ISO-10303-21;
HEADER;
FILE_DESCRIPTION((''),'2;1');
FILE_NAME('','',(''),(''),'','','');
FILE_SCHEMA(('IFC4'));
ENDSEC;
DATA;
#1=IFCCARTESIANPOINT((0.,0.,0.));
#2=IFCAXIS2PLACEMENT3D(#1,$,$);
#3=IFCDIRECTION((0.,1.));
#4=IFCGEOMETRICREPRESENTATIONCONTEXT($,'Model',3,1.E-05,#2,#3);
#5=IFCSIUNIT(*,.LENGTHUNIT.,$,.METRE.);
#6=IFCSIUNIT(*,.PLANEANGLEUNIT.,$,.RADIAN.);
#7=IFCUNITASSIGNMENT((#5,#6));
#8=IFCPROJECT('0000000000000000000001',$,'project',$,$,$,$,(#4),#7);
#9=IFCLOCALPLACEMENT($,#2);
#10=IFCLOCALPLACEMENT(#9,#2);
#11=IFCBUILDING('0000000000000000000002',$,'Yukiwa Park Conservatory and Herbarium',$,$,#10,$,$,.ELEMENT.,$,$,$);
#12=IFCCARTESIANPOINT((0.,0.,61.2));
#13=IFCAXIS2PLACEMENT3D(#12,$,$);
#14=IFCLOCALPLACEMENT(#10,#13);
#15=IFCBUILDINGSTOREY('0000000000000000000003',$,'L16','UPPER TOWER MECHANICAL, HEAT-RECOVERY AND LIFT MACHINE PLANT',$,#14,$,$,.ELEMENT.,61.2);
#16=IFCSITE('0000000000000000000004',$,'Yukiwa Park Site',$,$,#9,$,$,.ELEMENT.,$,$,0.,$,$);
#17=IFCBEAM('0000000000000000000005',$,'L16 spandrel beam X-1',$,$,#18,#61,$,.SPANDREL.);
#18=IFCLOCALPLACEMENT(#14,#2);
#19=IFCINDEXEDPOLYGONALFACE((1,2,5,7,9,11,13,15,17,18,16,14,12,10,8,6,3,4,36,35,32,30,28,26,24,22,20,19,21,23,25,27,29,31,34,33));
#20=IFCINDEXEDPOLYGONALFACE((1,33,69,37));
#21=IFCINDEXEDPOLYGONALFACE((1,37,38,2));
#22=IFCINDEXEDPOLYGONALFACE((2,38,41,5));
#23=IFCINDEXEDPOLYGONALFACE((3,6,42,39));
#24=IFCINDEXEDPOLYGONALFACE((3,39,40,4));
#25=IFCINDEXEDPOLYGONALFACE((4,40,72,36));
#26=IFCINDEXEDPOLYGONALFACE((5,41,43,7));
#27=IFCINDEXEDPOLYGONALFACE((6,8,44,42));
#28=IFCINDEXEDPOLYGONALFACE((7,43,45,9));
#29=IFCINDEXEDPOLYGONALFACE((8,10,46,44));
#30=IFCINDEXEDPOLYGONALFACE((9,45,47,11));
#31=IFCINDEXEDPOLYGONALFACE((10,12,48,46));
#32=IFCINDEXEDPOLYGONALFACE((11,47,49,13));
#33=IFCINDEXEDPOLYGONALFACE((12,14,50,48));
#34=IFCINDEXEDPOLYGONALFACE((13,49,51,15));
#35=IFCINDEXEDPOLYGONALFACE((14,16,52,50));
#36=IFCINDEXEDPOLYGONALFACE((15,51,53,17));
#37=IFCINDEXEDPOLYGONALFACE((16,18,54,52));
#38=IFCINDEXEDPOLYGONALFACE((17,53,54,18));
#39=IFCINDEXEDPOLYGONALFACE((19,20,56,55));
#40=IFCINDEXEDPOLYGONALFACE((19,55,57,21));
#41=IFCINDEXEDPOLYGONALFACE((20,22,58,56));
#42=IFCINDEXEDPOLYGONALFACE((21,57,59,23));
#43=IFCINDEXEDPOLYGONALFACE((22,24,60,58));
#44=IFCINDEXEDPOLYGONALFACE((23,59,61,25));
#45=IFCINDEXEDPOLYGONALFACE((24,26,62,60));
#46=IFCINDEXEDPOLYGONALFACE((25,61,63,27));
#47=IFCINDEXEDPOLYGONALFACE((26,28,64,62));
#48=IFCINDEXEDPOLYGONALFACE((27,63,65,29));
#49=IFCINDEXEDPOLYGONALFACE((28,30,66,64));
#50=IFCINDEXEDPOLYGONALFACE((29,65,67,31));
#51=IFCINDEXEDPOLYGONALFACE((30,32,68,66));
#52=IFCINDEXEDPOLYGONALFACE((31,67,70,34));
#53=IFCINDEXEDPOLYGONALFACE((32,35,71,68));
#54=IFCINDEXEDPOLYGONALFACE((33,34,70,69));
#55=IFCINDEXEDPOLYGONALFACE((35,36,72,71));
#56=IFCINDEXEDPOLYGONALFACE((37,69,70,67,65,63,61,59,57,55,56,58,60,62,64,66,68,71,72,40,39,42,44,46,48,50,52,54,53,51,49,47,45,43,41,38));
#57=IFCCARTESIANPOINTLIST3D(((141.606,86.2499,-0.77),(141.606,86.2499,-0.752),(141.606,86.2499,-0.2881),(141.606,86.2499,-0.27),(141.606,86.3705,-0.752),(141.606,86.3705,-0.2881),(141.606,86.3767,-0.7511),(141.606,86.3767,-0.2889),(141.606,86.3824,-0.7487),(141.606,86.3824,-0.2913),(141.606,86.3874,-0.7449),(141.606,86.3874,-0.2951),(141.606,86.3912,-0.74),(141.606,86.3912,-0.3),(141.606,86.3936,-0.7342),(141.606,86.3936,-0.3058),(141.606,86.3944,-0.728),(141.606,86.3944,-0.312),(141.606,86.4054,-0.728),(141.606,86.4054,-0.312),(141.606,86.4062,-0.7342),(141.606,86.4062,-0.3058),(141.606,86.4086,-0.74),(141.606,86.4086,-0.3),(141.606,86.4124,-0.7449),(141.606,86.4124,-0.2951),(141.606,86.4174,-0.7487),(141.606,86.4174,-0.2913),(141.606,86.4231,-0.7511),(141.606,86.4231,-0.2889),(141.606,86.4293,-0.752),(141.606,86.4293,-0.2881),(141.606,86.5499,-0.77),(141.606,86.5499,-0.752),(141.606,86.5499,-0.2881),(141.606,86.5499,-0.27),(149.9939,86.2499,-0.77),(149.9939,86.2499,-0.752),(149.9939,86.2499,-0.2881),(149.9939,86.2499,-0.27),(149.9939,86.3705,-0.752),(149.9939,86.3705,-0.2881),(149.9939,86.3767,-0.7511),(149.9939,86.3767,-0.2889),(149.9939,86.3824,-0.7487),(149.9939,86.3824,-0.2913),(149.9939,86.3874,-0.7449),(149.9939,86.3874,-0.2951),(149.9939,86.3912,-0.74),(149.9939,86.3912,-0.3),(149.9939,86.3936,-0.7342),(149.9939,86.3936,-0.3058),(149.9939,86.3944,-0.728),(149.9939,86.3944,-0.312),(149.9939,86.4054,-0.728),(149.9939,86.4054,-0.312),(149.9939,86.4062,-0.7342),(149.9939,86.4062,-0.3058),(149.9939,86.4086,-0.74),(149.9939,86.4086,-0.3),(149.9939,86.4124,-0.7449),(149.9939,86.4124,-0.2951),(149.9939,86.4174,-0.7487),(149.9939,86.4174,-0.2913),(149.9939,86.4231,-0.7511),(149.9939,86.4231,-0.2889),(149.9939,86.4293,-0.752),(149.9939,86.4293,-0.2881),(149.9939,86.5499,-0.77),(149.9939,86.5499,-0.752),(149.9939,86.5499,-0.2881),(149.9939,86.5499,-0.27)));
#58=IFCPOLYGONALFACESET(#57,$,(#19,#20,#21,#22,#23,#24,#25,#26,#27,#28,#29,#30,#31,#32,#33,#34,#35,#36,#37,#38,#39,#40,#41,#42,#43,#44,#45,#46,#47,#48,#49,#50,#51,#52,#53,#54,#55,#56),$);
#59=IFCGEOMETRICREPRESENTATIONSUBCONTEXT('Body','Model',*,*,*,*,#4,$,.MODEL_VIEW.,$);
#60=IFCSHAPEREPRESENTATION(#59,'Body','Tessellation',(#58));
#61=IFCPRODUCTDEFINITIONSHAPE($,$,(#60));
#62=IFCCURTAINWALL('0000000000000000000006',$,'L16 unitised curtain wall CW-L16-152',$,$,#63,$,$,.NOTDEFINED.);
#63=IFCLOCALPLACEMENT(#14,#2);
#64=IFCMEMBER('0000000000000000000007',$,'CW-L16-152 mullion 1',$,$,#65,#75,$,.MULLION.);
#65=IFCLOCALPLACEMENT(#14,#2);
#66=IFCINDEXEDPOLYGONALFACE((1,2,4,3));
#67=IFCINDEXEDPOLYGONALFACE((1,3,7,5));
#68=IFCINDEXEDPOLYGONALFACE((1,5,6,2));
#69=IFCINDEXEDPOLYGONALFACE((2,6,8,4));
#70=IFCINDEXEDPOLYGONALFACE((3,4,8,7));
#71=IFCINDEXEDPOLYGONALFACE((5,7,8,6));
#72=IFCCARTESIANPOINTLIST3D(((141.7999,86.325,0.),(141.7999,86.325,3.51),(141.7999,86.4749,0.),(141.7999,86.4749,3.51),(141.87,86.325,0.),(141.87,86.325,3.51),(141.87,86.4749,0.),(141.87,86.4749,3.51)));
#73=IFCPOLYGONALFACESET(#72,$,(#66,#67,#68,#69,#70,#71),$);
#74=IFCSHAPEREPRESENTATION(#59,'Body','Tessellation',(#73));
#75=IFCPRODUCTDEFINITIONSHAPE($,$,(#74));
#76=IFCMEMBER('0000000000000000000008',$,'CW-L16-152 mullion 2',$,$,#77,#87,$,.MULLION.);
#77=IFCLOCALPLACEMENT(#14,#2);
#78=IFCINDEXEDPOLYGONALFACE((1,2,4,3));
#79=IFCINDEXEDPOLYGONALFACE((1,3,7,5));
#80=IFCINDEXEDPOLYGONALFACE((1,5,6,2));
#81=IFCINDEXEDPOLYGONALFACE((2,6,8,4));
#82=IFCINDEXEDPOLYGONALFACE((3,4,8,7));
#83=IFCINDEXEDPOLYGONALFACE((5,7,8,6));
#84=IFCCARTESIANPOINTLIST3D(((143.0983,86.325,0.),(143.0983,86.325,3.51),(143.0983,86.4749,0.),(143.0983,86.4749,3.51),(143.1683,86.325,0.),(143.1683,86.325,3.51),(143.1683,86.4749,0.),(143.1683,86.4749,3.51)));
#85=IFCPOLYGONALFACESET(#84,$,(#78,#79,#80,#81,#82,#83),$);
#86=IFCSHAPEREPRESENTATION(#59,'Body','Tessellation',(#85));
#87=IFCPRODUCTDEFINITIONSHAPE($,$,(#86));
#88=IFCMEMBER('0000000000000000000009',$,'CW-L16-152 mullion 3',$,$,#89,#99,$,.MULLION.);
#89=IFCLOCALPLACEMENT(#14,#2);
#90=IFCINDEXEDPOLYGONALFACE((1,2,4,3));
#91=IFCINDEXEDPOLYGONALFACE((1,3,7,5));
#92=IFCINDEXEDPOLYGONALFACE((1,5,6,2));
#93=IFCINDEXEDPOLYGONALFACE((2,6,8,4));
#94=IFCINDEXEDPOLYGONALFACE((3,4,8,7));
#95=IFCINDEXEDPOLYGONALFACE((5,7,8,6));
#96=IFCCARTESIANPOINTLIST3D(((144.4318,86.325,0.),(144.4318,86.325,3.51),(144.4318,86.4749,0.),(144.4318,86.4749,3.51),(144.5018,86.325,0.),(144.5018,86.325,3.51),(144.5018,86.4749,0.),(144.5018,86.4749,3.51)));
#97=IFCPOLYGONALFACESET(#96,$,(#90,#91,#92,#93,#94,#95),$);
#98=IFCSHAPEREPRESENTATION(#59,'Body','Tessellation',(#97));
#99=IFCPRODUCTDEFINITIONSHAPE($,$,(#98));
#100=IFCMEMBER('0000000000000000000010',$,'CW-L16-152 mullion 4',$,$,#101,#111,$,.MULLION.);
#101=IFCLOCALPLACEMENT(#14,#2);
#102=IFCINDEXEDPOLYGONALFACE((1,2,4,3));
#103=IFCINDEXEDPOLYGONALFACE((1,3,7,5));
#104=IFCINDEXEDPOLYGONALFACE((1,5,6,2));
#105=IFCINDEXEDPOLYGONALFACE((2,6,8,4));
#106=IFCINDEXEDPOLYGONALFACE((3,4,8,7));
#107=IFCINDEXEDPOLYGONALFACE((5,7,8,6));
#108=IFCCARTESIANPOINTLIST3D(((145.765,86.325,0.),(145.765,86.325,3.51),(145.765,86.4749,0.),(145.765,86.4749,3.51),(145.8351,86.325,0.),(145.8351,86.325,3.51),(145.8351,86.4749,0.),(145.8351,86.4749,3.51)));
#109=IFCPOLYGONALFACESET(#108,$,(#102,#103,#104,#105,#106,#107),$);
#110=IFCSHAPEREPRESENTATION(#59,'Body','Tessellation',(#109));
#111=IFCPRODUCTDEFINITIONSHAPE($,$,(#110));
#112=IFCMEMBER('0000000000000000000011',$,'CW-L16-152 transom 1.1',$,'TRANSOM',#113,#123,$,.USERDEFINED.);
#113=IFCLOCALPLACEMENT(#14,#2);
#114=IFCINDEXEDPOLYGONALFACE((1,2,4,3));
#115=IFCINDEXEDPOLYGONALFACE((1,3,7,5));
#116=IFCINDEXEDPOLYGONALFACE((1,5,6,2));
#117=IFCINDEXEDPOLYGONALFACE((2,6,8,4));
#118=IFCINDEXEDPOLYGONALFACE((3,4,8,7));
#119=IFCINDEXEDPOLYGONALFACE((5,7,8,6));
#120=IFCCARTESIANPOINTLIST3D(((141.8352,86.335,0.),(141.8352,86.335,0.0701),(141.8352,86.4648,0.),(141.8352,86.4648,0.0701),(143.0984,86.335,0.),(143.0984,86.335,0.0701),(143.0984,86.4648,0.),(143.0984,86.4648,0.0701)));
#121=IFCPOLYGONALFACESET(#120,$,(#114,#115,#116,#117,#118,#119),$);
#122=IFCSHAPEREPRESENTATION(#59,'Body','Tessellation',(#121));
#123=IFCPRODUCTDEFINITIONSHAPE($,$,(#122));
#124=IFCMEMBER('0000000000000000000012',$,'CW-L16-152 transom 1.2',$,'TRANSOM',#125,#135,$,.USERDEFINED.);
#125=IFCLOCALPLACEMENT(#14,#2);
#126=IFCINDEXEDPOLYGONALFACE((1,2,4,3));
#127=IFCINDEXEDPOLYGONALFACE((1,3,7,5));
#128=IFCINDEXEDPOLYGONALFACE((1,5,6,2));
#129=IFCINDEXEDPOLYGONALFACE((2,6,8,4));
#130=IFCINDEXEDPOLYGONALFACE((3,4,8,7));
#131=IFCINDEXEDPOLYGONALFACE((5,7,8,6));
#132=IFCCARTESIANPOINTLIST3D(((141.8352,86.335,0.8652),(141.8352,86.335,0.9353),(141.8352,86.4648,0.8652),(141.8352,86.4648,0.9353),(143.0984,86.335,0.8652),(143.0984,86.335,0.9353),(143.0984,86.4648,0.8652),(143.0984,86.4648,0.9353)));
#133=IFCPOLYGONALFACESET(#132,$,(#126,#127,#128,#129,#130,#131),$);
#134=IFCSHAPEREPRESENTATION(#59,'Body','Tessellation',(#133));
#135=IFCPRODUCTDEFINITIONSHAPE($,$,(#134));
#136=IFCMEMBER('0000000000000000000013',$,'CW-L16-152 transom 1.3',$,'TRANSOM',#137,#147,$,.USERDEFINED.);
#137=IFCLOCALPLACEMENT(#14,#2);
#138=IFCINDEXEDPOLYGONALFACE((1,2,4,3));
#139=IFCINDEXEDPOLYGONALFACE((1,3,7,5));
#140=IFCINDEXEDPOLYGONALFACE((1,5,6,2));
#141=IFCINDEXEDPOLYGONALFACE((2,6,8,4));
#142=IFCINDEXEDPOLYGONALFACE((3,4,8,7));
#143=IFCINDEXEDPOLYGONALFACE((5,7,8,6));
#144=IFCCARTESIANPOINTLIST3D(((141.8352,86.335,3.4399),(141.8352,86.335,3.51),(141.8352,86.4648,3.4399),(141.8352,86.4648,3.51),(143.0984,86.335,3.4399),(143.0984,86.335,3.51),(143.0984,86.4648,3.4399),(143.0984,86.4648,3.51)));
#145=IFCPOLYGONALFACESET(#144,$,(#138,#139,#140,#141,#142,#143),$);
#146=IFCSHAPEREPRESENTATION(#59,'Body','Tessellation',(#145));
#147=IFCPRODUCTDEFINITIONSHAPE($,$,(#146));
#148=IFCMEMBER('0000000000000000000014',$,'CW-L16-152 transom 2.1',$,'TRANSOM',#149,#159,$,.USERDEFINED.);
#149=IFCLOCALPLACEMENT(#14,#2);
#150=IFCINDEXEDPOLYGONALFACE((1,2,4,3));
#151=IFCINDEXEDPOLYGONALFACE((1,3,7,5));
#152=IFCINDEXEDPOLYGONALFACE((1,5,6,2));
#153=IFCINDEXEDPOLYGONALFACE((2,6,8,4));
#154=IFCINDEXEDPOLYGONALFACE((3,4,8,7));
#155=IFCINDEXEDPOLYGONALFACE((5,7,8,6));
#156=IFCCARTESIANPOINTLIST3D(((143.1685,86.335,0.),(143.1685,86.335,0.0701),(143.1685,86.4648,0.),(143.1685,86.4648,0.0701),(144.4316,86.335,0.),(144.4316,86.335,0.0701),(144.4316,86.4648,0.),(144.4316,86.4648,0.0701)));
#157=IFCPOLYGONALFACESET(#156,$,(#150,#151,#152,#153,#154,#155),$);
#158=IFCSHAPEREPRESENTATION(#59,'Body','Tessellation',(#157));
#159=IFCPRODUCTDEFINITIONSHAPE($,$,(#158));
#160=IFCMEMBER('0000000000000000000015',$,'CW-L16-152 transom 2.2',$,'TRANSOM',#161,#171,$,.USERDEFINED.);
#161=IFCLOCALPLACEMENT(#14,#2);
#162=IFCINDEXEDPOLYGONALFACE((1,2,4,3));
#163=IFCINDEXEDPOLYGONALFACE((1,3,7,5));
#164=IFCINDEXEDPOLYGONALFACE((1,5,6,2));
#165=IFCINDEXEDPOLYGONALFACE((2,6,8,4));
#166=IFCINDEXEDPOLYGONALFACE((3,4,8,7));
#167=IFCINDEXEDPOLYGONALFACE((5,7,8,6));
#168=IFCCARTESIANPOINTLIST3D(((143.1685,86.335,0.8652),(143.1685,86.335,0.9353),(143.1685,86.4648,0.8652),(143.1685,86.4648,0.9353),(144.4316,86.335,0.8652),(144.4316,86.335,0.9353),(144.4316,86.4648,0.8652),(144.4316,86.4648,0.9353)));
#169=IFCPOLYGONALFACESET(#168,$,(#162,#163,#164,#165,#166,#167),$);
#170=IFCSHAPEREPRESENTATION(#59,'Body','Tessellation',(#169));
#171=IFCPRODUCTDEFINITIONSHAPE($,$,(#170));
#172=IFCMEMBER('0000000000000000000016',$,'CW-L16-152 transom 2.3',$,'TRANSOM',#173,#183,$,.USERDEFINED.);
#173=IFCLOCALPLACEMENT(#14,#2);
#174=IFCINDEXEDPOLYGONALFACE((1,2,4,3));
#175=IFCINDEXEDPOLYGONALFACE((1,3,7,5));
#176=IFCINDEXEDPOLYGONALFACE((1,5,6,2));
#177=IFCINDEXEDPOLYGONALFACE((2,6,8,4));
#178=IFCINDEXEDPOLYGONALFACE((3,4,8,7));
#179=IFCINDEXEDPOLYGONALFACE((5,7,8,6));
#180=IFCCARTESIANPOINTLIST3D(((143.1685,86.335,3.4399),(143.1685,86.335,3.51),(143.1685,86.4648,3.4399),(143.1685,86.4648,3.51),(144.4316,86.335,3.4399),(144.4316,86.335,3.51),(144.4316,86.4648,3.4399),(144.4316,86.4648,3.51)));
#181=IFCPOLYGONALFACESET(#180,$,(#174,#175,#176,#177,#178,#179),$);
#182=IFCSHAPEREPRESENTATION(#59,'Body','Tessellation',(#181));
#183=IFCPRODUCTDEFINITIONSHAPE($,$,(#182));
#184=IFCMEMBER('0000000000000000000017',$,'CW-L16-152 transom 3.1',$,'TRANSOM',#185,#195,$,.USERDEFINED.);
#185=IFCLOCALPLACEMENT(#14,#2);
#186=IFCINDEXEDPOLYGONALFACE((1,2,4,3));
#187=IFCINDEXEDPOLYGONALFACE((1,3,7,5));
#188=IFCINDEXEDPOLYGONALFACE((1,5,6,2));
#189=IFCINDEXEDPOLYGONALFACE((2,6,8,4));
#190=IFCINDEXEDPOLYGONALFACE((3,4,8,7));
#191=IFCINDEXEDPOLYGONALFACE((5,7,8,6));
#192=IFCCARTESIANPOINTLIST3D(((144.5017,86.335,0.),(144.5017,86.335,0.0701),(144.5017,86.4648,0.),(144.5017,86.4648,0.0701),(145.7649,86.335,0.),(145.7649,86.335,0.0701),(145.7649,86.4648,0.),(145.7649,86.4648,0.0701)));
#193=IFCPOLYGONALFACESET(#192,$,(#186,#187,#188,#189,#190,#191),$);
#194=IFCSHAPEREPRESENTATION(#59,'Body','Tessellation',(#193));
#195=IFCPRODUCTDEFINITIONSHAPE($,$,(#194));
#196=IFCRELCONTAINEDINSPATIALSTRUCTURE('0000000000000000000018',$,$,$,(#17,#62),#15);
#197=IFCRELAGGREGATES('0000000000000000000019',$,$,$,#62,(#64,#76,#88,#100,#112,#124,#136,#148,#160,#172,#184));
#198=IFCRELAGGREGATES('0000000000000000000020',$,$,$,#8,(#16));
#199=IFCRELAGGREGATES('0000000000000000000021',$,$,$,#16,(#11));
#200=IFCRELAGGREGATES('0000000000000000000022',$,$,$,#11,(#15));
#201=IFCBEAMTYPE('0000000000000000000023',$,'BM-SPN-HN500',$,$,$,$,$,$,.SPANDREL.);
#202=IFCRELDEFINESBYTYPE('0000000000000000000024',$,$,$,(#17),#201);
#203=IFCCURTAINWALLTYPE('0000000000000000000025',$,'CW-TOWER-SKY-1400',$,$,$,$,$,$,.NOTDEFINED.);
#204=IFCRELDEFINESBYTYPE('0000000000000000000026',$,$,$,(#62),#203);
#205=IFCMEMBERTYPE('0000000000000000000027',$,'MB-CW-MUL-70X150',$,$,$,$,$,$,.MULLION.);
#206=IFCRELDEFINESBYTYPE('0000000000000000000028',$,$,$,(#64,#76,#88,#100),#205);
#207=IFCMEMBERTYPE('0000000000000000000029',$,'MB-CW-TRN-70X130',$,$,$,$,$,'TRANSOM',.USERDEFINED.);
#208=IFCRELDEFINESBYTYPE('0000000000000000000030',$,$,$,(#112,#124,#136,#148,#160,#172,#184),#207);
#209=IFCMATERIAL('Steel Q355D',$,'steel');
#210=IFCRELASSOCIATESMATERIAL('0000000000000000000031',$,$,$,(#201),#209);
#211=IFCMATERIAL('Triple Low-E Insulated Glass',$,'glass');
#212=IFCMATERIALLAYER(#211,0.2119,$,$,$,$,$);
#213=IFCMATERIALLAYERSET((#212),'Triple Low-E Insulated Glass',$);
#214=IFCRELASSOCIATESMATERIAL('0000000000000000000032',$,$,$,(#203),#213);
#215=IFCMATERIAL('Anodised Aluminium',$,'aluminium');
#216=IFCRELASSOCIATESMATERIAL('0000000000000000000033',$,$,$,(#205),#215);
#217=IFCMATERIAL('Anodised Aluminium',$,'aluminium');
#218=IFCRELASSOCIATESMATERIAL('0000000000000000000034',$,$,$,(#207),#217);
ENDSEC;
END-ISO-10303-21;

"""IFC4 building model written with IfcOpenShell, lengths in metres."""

from ifc_helpers import new_model, si_unit, direction, frame, origin, origin_2d, place, context, subcontext, project, spatial, rectangle, i_section, extrude, material, layer, layer_set, material_profile, profile_set, type_object, element, aggregate, save


model = new_model("IFC4")

# Units and contexts
model_context = context("Model", 3, precision=1e-05, world=origin(), true_north=direction((0.0, 1.0)))
body_context = subcontext(model_context, "Body", "Model", "MODEL_VIEW")
ifc_project = project(units=[si_unit("LENGTHUNIT", "METRE"), si_unit("PLANEANGLEUNIT", "RADIAN")], contexts=[model_context])

# Site, building, storey
site_placement = place(None, origin())
site = spatial("IfcSite", under=ifc_project, at=site_placement, Name="Yukiwa Park Site", CompositionType="ELEMENT", RefElevation=0.0)
building_placement = place(site_placement, origin())
building = spatial("IfcBuilding", under=site, at=building_placement, Name="Yukiwa Park Conservatory and Herbarium", CompositionType="ELEMENT")
storey_placement = place(building_placement, frame((0.0, 0.0, 61.2)))
storey = spatial("IfcBuildingStorey", under=building, at=storey_placement, Name="L16", Description="UPPER TOWER MECHANICAL, HEAT-RECOVERY AND LIFT MACHINE PLANT", CompositionType="ELEMENT", Elevation=61.2)

# Beam
ifc_material_1 = material(Name="Steel Q355D", Category="steel")
ifc_material_profile = material_profile(ifc_material_1, i_section(OverallWidth=0.3, OverallDepth=0.5, WebThickness=0.011, FlangeThickness=0.0181, FilletRadius=0.0239, at=origin_2d()), Name="HM 500x300x11x18")
ifc_profile_set = profile_set([ifc_material_profile], Name="Steel Q355D")
beam_type = type_object("IfcBeamType", Name="BM-SPN-HN500", PredefinedType="SPANDREL", material=ifc_profile_set)
beam_placement = place(storey_placement, frame((141.606, 86.3999, -0.52), z_axis=(1.0, 0.0, 0.0), x_axis=(0.0, 1.0, 0.0)))
element("IfcBeam", 1, at=beam_placement, inside=storey, type_object=beam_type, Name="L16 spandrel beam X-1", PredefinedType="SPANDREL", context=body_context, shape_type="SweptSolid", body=[
    extrude(i_section(OverallWidth=0.3, OverallDepth=0.5, WebThickness=0.011, FlangeThickness=0.0181, FilletRadius=0.0239, at=origin_2d()), origin(), (0.0, 0.0, 1.0), 8.3879),
])

# Curtain wall, members
ifc_material_2 = material(Name="Triple Low-E Insulated Glass", Category="glass")
ifc_layer_1 = layer(ifc_material_2, 0.2119)
ifc_layer_set_1 = layer_set([ifc_layer_1], Name="Triple Low-E Insulated Glass")
curtain_wall_type = type_object("IfcCurtainWallType", Name="CW-TOWER-SKY-1400", PredefinedType="NOTDEFINED", material=ifc_layer_set_1)
curtain_wall_placement = place(storey_placement, origin())
curtain_wall = element("IfcCurtainWall", 2, at=curtain_wall_placement, inside=storey, type_object=curtain_wall_type, Name="L16 unitised curtain wall CW-L16-152", PredefinedType="NOTDEFINED")
ifc_material_3 = material(Name="Anodised Aluminium", Category="aluminium")
member_type_1 = type_object("IfcMemberType", Name="MB-CW-MUL-70X150", PredefinedType="MULLION", material=ifc_material_3)
member_1_placement = place(storey_placement, frame((141.835, 86.3999, 0.0), z_axis=(0.0, 0.0, 1.0), x_axis=(1.0, 0.0, 0.0)))
member_1 = element("IfcMember", 3, at=member_1_placement, type_object=member_type_1, Name="CW-L16-152 mullion 1", PredefinedType="MULLION", context=body_context, shape_type="SweptSolid", body=[
    extrude(rectangle(XDim=0.0701, YDim=0.1499, at=origin_2d()), origin(), (0.0, 0.0, 1.0), 3.51),
])
member_2_placement = place(storey_placement, frame((143.1333, 86.3999, 0.0), z_axis=(0.0, 0.0, 1.0), x_axis=(1.0, 0.0, 0.0)))
member_2 = element("IfcMember", 4, at=member_2_placement, type_object=member_type_1, Name="CW-L16-152 mullion 2", PredefinedType="MULLION", context=body_context, shape_type="SweptSolid", body=[
    extrude(rectangle(XDim=0.0701, YDim=0.1499, at=origin_2d()), origin(), (0.0, 0.0, 1.0), 3.51),
])
member_3_placement = place(storey_placement, frame((144.4668, 86.3999, 0.0), z_axis=(0.0, 0.0, 1.0), x_axis=(1.0, 0.0, 0.0)))
member_3 = element("IfcMember", 5, at=member_3_placement, type_object=member_type_1, Name="CW-L16-152 mullion 3", PredefinedType="MULLION", context=body_context, shape_type="SweptSolid", body=[
    extrude(rectangle(XDim=0.0701, YDim=0.1499, at=origin_2d()), origin(), (0.0, 0.0, 1.0), 3.51),
])
member_4_placement = place(storey_placement, frame((145.8, 86.3999, 0.0), z_axis=(0.0, 0.0, 1.0), x_axis=(1.0, 0.0, 0.0)))
member_4 = element("IfcMember", 6, at=member_4_placement, type_object=member_type_1, Name="CW-L16-152 mullion 4", PredefinedType="MULLION", context=body_context, shape_type="SweptSolid", body=[
    extrude(rectangle(XDim=0.0701, YDim=0.1499, at=origin_2d()), origin(), (0.0, 0.0, 1.0), 3.51),
])
ifc_material_4 = material(Name="Anodised Aluminium", Category="aluminium")
member_type_2 = type_object("IfcMemberType", Name="MB-CW-TRN-70X130", ElementType="TRANSOM", PredefinedType="USERDEFINED", material=ifc_material_4)
member_5_placement = place(storey_placement, frame((142.4668, 86.3999, 0.0), z_axis=(0.0, 0.0, 1.0), x_axis=(1.0, 0.0, 0.0)))
member_5 = element("IfcMember", 7, at=member_5_placement, type_object=member_type_2, Name="CW-L16-152 transom 1.1", ObjectType="TRANSOM", PredefinedType="USERDEFINED", context=body_context, shape_type="SweptSolid", body=[
    extrude(rectangle(XDim=1.2632, YDim=0.1299, at=origin_2d()), origin(), (0.0, 0.0, 1.0), 0.0701),
])
member_6_placement = place(storey_placement, frame((142.4668, 86.3999, 0.8652), z_axis=(0.0, 0.0, 1.0), x_axis=(1.0, 0.0, 0.0)))
member_6 = element("IfcMember", 8, at=member_6_placement, type_object=member_type_2, Name="CW-L16-152 transom 1.2", ObjectType="TRANSOM", PredefinedType="USERDEFINED", context=body_context, shape_type="SweptSolid", body=[
    extrude(rectangle(XDim=1.2632, YDim=0.1299, at=origin_2d()), origin(), (0.0, 0.0, 1.0), 0.0701),
])
member_7_placement = place(storey_placement, frame((142.4668, 86.3999, 3.4399), z_axis=(0.0, 0.0, 1.0), x_axis=(1.0, 0.0, 0.0)))
member_7 = element("IfcMember", 9, at=member_7_placement, type_object=member_type_2, Name="CW-L16-152 transom 1.3", ObjectType="TRANSOM", PredefinedType="USERDEFINED", context=body_context, shape_type="SweptSolid", body=[
    extrude(rectangle(XDim=1.2632, YDim=0.1299, at=origin_2d()), origin(), (0.0, 0.0, 1.0), 0.0701),
])
member_8_placement = place(storey_placement, frame((143.8, 86.3999, 0.0), z_axis=(0.0, 0.0, 1.0), x_axis=(1.0, 0.0, 0.0)))
member_8 = element("IfcMember", 10, at=member_8_placement, type_object=member_type_2, Name="CW-L16-152 transom 2.1", ObjectType="TRANSOM", PredefinedType="USERDEFINED", context=body_context, shape_type="SweptSolid", body=[
    extrude(rectangle(XDim=1.2632, YDim=0.1299, at=origin_2d()), origin(), (0.0, 0.0, 1.0), 0.0701),
])
member_9_placement = place(storey_placement, frame((143.8, 86.3999, 0.8652), z_axis=(0.0, 0.0, 1.0), x_axis=(1.0, 0.0, 0.0)))
member_9 = element("IfcMember", 11, at=member_9_placement, type_object=member_type_2, Name="CW-L16-152 transom 2.2", ObjectType="TRANSOM", PredefinedType="USERDEFINED", context=body_context, shape_type="SweptSolid", body=[
    extrude(rectangle(XDim=1.2632, YDim=0.1299, at=origin_2d()), origin(), (0.0, 0.0, 1.0), 0.0701),
])
member_10_placement = place(storey_placement, frame((143.8, 86.3999, 3.4399), z_axis=(0.0, 0.0, 1.0), x_axis=(1.0, 0.0, 0.0)))
member_10 = element("IfcMember", 12, at=member_10_placement, type_object=member_type_2, Name="CW-L16-152 transom 2.3", ObjectType="TRANSOM", PredefinedType="USERDEFINED", context=body_context, shape_type="SweptSolid", body=[
    extrude(rectangle(XDim=1.2632, YDim=0.1299, at=origin_2d()), origin(), (0.0, 0.0, 1.0), 0.0701),
])
member_11_placement = place(storey_placement, frame((145.1333, 86.3999, 0.0), z_axis=(0.0, 0.0, 1.0), x_axis=(1.0, 0.0, 0.0)))
member_11 = element("IfcMember", 13, at=member_11_placement, type_object=member_type_2, Name="CW-L16-152 transom 3.1", ObjectType="TRANSOM", PredefinedType="USERDEFINED", context=body_context, shape_type="SweptSolid", body=[
    extrude(rectangle(XDim=1.2632, YDim=0.1299, at=origin_2d()), origin(), (0.0, 0.0, 1.0), 0.0701),
])
aggregate(curtain_wall, [member_1, member_2, member_3, member_4, member_5, member_6, member_7, member_8, member_9, member_10, member_11])

save(model, "model.ifc")
